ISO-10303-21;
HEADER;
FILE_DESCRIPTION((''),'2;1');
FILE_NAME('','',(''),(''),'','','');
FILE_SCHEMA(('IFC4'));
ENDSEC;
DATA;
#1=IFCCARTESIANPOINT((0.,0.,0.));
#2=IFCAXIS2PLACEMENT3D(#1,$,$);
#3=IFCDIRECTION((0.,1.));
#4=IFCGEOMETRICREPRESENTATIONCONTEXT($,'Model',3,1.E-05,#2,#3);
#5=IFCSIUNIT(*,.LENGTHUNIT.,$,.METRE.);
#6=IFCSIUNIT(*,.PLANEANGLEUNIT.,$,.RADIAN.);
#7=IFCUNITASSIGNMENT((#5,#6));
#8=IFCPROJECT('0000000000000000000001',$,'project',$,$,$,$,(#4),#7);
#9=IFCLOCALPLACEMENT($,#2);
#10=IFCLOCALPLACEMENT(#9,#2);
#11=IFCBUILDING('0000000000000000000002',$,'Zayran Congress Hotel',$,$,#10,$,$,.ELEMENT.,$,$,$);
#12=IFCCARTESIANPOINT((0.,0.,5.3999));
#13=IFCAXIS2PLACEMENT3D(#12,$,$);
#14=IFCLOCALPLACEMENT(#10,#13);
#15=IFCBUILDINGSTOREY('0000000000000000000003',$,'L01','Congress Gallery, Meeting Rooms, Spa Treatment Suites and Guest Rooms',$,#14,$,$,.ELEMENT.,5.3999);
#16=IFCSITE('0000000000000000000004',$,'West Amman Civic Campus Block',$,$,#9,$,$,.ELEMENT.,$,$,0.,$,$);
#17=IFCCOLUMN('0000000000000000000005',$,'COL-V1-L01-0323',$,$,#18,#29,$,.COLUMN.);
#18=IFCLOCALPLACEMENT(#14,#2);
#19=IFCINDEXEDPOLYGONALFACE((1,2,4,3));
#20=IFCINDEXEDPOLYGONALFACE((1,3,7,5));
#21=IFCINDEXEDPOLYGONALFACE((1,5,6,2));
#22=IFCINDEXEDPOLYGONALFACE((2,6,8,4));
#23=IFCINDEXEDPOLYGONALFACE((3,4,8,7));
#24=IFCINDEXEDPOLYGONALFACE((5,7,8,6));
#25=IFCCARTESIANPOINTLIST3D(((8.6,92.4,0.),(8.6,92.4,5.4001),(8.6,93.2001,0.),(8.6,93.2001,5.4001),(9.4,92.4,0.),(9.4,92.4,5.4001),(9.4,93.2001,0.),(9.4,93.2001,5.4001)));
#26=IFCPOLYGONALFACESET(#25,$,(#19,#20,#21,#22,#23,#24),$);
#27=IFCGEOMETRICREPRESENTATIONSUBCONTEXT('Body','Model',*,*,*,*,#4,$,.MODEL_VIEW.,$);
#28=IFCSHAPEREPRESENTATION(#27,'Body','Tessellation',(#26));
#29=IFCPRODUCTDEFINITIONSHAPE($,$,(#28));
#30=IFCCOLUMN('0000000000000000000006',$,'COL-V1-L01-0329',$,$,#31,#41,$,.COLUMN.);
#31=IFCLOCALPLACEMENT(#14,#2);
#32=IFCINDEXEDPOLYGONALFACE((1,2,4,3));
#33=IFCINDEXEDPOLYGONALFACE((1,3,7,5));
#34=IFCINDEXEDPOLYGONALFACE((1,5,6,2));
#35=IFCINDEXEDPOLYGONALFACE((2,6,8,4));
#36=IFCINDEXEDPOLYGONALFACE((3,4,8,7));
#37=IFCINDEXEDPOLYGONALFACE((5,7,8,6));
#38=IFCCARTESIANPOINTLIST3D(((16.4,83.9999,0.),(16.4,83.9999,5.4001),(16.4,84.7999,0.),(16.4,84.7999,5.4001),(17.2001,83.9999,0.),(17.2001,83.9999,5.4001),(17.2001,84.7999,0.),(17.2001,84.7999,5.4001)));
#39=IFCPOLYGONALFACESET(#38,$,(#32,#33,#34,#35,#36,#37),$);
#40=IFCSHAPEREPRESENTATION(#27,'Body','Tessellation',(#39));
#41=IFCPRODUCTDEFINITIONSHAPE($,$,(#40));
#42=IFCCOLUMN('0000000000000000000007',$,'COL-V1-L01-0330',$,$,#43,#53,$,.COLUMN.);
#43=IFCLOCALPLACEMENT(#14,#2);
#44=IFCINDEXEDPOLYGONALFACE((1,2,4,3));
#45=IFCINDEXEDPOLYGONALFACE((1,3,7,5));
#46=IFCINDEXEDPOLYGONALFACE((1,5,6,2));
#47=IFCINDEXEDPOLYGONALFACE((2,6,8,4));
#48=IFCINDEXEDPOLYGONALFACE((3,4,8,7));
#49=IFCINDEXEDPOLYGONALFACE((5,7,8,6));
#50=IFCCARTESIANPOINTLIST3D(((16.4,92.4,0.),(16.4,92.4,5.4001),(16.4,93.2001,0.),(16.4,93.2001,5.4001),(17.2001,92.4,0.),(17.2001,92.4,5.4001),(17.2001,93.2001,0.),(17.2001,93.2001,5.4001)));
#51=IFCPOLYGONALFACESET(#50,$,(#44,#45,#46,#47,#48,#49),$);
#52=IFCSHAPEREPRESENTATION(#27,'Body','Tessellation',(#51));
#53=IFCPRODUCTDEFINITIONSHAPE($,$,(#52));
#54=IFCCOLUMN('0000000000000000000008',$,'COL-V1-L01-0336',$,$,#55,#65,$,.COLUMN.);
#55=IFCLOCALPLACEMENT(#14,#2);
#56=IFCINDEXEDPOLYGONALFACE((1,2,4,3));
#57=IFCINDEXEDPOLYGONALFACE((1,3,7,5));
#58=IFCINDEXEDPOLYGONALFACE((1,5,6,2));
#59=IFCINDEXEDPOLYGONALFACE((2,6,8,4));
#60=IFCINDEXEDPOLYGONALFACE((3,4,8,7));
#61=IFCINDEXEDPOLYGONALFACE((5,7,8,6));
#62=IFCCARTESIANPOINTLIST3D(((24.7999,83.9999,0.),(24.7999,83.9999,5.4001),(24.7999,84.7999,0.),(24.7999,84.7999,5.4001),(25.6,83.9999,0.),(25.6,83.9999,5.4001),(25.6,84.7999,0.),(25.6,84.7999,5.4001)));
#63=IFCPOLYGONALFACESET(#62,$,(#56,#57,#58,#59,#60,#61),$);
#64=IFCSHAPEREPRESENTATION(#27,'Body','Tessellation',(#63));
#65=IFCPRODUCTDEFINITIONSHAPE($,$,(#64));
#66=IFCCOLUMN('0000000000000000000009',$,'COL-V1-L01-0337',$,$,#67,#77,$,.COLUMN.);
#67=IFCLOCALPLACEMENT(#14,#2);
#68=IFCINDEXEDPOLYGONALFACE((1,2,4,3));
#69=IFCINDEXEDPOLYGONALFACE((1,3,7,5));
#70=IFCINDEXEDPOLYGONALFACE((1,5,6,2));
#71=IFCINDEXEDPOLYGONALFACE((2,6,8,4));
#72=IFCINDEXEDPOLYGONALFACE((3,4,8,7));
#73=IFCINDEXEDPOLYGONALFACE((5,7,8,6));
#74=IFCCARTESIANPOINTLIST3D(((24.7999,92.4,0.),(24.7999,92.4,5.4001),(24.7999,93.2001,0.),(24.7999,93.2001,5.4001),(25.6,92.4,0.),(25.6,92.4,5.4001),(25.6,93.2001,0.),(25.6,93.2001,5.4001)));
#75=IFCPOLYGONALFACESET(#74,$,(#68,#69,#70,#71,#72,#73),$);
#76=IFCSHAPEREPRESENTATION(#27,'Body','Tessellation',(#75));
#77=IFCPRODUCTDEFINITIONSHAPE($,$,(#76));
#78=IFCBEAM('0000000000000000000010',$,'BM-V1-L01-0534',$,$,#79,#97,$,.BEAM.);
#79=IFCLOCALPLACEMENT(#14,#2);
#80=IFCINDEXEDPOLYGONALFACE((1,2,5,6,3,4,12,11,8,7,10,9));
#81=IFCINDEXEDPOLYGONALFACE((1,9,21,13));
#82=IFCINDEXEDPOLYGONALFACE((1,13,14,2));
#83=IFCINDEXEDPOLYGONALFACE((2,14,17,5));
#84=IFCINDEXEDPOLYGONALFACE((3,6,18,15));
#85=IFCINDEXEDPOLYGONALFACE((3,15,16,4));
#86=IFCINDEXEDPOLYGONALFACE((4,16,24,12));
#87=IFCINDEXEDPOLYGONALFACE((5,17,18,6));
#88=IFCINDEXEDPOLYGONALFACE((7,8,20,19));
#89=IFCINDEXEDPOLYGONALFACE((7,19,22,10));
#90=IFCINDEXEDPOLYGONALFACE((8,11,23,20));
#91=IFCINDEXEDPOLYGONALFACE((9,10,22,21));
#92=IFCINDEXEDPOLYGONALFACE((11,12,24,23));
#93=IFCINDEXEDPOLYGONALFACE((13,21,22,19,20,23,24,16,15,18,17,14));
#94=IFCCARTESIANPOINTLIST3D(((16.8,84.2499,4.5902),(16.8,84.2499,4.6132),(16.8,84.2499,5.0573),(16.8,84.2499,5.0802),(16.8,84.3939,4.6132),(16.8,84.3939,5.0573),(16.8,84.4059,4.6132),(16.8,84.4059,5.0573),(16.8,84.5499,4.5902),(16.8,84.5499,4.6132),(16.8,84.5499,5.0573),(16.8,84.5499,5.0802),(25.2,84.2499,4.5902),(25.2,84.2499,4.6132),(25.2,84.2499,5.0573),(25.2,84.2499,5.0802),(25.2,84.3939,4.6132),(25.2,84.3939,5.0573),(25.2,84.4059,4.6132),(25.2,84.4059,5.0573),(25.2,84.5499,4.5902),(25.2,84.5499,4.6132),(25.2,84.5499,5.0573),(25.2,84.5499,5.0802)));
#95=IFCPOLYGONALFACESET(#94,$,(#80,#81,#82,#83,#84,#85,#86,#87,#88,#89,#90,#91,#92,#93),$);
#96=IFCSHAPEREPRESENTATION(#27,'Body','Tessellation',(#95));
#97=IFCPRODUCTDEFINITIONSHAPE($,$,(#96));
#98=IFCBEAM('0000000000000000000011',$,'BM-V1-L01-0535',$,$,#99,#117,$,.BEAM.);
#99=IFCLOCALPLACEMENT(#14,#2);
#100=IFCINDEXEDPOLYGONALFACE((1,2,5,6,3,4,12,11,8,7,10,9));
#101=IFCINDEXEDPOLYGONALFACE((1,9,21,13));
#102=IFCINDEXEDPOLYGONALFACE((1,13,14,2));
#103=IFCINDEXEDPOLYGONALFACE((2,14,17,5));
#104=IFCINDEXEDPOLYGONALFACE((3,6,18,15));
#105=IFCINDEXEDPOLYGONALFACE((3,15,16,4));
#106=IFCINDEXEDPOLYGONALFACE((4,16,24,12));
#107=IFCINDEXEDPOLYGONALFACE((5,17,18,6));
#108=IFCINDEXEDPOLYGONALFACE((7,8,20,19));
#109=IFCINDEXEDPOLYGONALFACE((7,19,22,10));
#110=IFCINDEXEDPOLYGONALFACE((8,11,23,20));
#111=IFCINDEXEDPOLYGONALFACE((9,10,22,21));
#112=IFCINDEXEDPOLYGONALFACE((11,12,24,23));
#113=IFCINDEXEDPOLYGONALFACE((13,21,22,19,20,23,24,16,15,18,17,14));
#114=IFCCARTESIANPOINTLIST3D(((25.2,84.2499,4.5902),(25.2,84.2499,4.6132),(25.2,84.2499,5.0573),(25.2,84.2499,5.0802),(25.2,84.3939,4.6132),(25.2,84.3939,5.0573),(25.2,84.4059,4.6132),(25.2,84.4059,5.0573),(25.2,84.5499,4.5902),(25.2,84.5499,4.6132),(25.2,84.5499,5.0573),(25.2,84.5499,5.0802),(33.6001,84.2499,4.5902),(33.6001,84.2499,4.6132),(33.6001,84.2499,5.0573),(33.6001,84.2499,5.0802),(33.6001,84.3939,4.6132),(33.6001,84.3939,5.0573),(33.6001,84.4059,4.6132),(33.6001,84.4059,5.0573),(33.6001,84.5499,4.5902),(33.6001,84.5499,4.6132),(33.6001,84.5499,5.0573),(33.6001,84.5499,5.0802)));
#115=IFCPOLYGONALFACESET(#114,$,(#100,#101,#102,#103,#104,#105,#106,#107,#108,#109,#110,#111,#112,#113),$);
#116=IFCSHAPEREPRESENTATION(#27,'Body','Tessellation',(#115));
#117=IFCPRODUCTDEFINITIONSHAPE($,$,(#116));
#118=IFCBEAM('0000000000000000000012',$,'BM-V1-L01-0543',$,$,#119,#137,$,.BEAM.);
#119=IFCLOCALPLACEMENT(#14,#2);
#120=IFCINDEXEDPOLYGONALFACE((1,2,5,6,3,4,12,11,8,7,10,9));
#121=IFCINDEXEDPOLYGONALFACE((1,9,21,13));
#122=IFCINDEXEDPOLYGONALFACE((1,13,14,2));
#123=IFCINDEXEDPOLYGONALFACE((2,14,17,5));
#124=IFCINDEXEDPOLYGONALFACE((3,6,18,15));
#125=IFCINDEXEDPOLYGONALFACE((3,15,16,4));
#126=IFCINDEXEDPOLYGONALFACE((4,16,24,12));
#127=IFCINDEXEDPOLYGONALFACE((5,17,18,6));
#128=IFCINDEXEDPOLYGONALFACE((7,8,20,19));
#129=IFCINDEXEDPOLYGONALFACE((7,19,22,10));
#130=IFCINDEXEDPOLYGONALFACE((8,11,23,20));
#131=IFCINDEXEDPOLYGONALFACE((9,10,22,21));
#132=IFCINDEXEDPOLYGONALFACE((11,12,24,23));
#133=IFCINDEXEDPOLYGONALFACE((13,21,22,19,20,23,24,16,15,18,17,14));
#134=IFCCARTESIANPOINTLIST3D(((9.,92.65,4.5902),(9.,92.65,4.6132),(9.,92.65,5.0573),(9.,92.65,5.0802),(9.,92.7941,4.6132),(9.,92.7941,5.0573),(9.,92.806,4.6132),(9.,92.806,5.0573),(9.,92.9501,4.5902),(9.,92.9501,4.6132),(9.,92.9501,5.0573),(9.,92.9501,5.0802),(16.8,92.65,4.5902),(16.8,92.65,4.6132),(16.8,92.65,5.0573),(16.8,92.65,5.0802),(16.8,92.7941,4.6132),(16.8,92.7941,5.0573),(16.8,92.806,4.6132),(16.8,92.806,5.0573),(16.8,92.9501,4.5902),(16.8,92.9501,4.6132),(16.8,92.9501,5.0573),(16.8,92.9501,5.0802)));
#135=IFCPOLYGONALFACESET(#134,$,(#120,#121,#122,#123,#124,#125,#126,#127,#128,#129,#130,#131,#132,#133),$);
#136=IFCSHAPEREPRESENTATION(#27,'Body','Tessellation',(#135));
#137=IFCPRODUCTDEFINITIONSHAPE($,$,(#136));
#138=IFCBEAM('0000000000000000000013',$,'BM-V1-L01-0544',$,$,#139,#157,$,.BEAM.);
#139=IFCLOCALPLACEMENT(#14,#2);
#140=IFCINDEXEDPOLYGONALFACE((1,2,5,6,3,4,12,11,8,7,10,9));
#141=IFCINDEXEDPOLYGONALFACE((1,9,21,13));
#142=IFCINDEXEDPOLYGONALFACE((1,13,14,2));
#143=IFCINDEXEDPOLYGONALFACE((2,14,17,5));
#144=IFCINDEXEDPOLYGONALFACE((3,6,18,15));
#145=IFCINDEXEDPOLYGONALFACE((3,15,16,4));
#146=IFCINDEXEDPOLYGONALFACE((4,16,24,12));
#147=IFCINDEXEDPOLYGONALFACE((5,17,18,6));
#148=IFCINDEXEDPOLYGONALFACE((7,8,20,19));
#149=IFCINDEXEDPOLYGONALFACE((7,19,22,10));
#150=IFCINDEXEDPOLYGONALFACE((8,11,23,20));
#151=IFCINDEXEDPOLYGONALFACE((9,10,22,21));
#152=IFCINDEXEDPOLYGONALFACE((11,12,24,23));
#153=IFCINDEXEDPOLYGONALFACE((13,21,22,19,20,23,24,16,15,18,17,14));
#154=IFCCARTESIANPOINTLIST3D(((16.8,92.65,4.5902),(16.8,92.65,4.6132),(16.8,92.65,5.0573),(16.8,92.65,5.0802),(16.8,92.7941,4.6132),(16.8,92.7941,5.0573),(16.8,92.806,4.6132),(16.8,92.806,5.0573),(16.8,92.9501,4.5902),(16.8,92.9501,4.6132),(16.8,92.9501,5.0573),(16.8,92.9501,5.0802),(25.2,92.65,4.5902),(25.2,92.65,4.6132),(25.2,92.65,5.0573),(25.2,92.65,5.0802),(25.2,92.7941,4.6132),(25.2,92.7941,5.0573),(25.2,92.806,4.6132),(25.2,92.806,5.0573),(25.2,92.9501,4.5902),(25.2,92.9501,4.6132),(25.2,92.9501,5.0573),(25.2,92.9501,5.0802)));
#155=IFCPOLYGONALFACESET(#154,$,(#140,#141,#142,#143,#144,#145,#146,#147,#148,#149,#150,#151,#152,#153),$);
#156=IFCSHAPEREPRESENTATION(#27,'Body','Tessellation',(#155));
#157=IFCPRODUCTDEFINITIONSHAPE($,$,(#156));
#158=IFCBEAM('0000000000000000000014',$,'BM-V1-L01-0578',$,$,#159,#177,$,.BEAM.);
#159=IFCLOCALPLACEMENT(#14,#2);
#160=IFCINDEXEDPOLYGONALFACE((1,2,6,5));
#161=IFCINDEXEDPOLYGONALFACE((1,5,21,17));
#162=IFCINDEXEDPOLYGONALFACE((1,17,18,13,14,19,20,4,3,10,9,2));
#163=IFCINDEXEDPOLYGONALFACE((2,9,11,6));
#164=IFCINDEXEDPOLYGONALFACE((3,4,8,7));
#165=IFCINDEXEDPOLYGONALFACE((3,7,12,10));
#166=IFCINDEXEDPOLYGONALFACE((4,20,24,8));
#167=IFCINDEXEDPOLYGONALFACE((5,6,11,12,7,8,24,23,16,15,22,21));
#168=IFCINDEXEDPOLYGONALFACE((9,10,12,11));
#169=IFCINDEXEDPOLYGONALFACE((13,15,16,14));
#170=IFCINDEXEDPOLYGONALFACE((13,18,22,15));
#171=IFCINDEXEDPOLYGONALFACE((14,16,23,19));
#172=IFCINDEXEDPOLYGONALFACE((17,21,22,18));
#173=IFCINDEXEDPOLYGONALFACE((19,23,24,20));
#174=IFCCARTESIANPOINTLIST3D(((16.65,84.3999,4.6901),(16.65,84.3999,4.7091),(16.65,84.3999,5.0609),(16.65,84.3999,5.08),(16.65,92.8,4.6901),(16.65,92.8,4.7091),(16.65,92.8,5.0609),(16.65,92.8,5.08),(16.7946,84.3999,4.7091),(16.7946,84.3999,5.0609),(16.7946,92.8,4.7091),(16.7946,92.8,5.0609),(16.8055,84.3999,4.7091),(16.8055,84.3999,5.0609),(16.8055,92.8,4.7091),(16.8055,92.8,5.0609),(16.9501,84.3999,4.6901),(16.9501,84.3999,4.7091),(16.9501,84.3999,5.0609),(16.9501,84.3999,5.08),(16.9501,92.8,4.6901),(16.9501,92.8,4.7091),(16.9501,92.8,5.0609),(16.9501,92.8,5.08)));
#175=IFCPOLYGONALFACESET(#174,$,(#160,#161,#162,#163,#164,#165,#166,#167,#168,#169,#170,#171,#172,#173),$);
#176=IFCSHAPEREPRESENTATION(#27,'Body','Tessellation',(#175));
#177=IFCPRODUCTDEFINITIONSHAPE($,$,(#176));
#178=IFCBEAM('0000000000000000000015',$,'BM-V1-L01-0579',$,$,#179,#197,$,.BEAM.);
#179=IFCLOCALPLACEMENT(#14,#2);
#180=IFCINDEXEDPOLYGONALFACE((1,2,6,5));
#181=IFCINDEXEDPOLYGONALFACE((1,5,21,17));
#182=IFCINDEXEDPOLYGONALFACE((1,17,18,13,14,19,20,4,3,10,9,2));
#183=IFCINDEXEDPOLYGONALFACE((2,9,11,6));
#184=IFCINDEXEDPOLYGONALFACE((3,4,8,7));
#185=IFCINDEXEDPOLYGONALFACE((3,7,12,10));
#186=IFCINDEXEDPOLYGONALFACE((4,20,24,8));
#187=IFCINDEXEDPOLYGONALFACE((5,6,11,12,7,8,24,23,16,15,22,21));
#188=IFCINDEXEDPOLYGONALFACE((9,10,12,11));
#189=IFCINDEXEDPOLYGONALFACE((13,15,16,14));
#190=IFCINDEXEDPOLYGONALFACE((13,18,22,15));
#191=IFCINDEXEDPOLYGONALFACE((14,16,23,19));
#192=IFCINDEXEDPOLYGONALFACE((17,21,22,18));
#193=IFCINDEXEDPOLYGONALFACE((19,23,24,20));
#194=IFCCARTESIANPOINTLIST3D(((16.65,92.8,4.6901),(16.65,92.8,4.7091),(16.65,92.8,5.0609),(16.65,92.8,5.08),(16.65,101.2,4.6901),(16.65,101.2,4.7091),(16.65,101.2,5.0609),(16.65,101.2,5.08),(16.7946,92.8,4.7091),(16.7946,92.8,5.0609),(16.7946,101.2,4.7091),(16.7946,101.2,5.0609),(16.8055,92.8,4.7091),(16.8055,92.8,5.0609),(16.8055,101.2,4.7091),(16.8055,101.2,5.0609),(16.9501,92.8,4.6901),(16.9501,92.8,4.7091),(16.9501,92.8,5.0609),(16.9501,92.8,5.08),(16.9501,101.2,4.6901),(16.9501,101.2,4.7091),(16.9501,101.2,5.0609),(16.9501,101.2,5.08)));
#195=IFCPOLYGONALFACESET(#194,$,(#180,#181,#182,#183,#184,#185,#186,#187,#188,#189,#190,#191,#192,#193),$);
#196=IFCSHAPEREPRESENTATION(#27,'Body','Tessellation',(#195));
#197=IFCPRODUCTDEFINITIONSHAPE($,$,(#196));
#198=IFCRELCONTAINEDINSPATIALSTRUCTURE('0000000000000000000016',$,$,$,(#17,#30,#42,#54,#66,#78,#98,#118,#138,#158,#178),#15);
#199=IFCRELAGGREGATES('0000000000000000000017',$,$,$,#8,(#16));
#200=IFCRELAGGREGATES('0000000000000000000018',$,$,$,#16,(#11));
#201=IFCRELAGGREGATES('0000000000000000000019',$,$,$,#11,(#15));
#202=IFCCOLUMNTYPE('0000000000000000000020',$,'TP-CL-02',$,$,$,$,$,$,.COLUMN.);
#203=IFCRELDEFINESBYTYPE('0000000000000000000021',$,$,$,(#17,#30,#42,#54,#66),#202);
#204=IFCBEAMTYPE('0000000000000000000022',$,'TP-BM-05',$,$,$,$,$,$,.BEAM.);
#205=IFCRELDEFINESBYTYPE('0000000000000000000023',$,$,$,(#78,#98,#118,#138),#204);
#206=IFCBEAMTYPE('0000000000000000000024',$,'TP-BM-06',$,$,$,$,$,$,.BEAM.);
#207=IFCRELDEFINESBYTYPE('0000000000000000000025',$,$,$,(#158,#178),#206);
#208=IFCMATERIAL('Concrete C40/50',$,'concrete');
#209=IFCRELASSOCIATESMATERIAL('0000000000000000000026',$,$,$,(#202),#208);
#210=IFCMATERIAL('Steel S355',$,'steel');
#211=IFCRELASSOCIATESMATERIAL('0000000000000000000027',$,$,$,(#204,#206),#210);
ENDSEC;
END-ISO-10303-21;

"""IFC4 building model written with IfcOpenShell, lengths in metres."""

from ifc_helpers import new_model, si_unit, direction, frame, origin, origin_2d, place, context, subcontext, project, spatial, rectangle, i_section, extrude, material, material_profile, profile_set, type_object, element, save


model = new_model("IFC4")

# Units and contexts
model_context = context("Model", 3, precision=1e-05, world=origin(), true_north=direction((0.0, 1.0)))
body_context = subcontext(model_context, "Body", "Model", "MODEL_VIEW")
ifc_project = project(units=[si_unit("LENGTHUNIT", "METRE"), si_unit("PLANEANGLEUNIT", "RADIAN")], contexts=[model_context])

# Site, building, storey
site_placement = place(None, origin())
site = spatial("IfcSite", under=ifc_project, at=site_placement, Name="West Amman Civic Campus Block", CompositionType="ELEMENT", RefElevation=0.0)
building_placement = place(site_placement, origin())
building = spatial("IfcBuilding", under=site, at=building_placement, Name="Zayran Congress Hotel", CompositionType="ELEMENT")
storey_placement = place(building_placement, frame((0.0, 0.0, 5.3999)))
storey = spatial("IfcBuildingStorey", under=building, at=storey_placement, Name="L01", Description="Congress Gallery, Meeting Rooms, Spa Treatment Suites and Guest Rooms", CompositionType="ELEMENT", Elevation=5.3999)

# Columns
ifc_material_1 = material(Name="Concrete C40/50", Category="concrete")
ifc_material_profile_1 = material_profile(ifc_material_1, rectangle(XDim=0.8, YDim=0.8, at=origin_2d()), Name="RC 800x800")
ifc_profile_set_1 = profile_set([ifc_material_profile_1], Name="Concrete C40/50")
column_type = type_object("IfcColumnType", Name="TP-CL-02", PredefinedType="COLUMN", material=ifc_profile_set_1)
for number, where, z_axis, x_axis, name in (
    (1, (9.0, 92.8, 0.0), (0.0, 0.0, 1.0), (1.0, 0.0, 0.0), "COL-V1-L01-0323"),
    (2, (16.8, 84.3999, 0.0), (0.0, 0.0, 1.0), (1.0, 0.0, 0.0), "COL-V1-L01-0329"),
    (3, (16.8, 92.8, 0.0), (0.0, 0.0, 1.0), (1.0, 0.0, 0.0), "COL-V1-L01-0330"),
    (4, (25.2, 84.3999, 0.0), (0.0, 0.0, 1.0), (1.0, 0.0, 0.0), "COL-V1-L01-0336"),
    (5, (25.2, 92.8, 0.0), (0.0, 0.0, 1.0), (1.0, 0.0, 0.0), "COL-V1-L01-0337"),
):
    element("IfcColumn", number, at=place(storey_placement, frame(where, z_axis=z_axis, x_axis=x_axis)), inside=storey, type_object=column_type, Name=name, PredefinedType="COLUMN", context=body_context, shape_type="SweptSolid", body=[
        extrude(rectangle(XDim=0.8, YDim=0.8, at=origin_2d()), origin(), (0.0, 0.0, 1.0), 5.4001),
    ])

# Beams
ifc_material_2 = material(Name="Steel S355", Category="steel")
ifc_material_profile_2 = material_profile(ifc_material_2, i_section(OverallWidth=0.3, OverallDepth=0.49, WebThickness=0.012, FlangeThickness=0.0229, at=origin_2d()), Name="HEA 500")
ifc_profile_set_2 = profile_set([ifc_material_profile_2], Name="Steel S355")
beam_type_1 = type_object("IfcBeamType", Name="TP-BM-05", PredefinedType="BEAM", material=ifc_profile_set_2)
beam_1_placement = place(storey_placement, frame((16.8, 84.3999, 4.8352), z_axis=(1.0, 0.0, 0.0), x_axis=(0.0, 1.0, 0.0)))
element("IfcBeam", 6, at=beam_1_placement, inside=storey, type_object=beam_type_1, Name="BM-V1-L01-0534", PredefinedType="BEAM", context=body_context, shape_type="SweptSolid", body=[
    extrude(i_section(OverallWidth=0.3, OverallDepth=0.49, WebThickness=0.012, FlangeThickness=0.0229, at=origin_2d()), origin(), (0.0, 0.0, 1.0), 8.3999),
])
beam_2_placement = place(storey_placement, frame((25.2, 84.3999, 4.8352), z_axis=(1.0, 0.0, 0.0), x_axis=(0.0, 1.0, 0.0)))
element("IfcBeam", 7, at=beam_2_placement, inside=storey, type_object=beam_type_1, Name="BM-V1-L01-0535", PredefinedType="BEAM", context=body_context, shape_type="SweptSolid", body=[
    extrude(i_section(OverallWidth=0.3, OverallDepth=0.49, WebThickness=0.012, FlangeThickness=0.0229, at=origin_2d()), origin(), (0.0, 0.0, 1.0), 8.4001),
])
beam_3_placement = place(storey_placement, frame((9.0, 92.8, 4.8352), z_axis=(1.0, 0.0, 0.0), x_axis=(0.0, 1.0, 0.0)))
element("IfcBeam", 8, at=beam_3_placement, inside=storey, type_object=beam_type_1, Name="BM-V1-L01-0543", PredefinedType="BEAM", context=body_context, shape_type="SweptSolid", body=[
    extrude(i_section(OverallWidth=0.3, OverallDepth=0.49, WebThickness=0.012, FlangeThickness=0.0229, at=origin_2d()), origin(), (0.0, 0.0, 1.0), 7.8),
])
beam_4_placement = place(storey_placement, frame((16.8, 92.8, 4.8352), z_axis=(1.0, 0.0, 0.0), x_axis=(0.0, 1.0, 0.0)))
element("IfcBeam", 9, at=beam_4_placement, inside=storey, type_object=beam_type_1, Name="BM-V1-L01-0544", PredefinedType="BEAM", context=body_context, shape_type="SweptSolid", body=[
    extrude(i_section(OverallWidth=0.3, OverallDepth=0.49, WebThickness=0.012, FlangeThickness=0.0229, at=origin_2d()), origin(), (0.0, 0.0, 1.0), 8.3999),
])
ifc_material_profile_3 = material_profile(ifc_material_2, i_section(OverallWidth=0.3, OverallDepth=0.3899, WebThickness=0.011, FlangeThickness=0.019, at=origin_2d()), Name="HEA 400")
ifc_profile_set_3 = profile_set([ifc_material_profile_3], Name="Steel S355")
beam_type_2 = type_object("IfcBeamType", Name="TP-BM-06", PredefinedType="BEAM", material=ifc_profile_set_3)
beam_5_placement = place(storey_placement, frame((16.8, 84.3999, 4.885), z_axis=(0.0, 1.0, 0.0), x_axis=(-1.0, 0.0, 0.0)))
element("IfcBeam", 10, at=beam_5_placement, inside=storey, type_object=beam_type_2, Name="BM-V1-L01-0578", PredefinedType="BEAM", context=body_context, shape_type="SweptSolid", body=[
    extrude(i_section(OverallWidth=0.3, OverallDepth=0.3899, WebThickness=0.011, FlangeThickness=0.019, at=origin_2d()), origin(), (0.0, 0.0, 1.0), 8.4001),
])
beam_6_placement = place(storey_placement, frame((16.8, 92.8, 4.885), z_axis=(0.0, 1.0, 0.0), x_axis=(-1.0, 0.0, 0.0)))
element("IfcBeam", 11, at=beam_6_placement, inside=storey, type_object=beam_type_2, Name="BM-V1-L01-0579", PredefinedType="BEAM", context=body_context, shape_type="SweptSolid", body=[
    extrude(i_section(OverallWidth=0.3, OverallDepth=0.3899, WebThickness=0.011, FlangeThickness=0.019, at=origin_2d()), origin(), (0.0, 0.0, 1.0), 8.3999),
])

save(model, "model.ifc")
